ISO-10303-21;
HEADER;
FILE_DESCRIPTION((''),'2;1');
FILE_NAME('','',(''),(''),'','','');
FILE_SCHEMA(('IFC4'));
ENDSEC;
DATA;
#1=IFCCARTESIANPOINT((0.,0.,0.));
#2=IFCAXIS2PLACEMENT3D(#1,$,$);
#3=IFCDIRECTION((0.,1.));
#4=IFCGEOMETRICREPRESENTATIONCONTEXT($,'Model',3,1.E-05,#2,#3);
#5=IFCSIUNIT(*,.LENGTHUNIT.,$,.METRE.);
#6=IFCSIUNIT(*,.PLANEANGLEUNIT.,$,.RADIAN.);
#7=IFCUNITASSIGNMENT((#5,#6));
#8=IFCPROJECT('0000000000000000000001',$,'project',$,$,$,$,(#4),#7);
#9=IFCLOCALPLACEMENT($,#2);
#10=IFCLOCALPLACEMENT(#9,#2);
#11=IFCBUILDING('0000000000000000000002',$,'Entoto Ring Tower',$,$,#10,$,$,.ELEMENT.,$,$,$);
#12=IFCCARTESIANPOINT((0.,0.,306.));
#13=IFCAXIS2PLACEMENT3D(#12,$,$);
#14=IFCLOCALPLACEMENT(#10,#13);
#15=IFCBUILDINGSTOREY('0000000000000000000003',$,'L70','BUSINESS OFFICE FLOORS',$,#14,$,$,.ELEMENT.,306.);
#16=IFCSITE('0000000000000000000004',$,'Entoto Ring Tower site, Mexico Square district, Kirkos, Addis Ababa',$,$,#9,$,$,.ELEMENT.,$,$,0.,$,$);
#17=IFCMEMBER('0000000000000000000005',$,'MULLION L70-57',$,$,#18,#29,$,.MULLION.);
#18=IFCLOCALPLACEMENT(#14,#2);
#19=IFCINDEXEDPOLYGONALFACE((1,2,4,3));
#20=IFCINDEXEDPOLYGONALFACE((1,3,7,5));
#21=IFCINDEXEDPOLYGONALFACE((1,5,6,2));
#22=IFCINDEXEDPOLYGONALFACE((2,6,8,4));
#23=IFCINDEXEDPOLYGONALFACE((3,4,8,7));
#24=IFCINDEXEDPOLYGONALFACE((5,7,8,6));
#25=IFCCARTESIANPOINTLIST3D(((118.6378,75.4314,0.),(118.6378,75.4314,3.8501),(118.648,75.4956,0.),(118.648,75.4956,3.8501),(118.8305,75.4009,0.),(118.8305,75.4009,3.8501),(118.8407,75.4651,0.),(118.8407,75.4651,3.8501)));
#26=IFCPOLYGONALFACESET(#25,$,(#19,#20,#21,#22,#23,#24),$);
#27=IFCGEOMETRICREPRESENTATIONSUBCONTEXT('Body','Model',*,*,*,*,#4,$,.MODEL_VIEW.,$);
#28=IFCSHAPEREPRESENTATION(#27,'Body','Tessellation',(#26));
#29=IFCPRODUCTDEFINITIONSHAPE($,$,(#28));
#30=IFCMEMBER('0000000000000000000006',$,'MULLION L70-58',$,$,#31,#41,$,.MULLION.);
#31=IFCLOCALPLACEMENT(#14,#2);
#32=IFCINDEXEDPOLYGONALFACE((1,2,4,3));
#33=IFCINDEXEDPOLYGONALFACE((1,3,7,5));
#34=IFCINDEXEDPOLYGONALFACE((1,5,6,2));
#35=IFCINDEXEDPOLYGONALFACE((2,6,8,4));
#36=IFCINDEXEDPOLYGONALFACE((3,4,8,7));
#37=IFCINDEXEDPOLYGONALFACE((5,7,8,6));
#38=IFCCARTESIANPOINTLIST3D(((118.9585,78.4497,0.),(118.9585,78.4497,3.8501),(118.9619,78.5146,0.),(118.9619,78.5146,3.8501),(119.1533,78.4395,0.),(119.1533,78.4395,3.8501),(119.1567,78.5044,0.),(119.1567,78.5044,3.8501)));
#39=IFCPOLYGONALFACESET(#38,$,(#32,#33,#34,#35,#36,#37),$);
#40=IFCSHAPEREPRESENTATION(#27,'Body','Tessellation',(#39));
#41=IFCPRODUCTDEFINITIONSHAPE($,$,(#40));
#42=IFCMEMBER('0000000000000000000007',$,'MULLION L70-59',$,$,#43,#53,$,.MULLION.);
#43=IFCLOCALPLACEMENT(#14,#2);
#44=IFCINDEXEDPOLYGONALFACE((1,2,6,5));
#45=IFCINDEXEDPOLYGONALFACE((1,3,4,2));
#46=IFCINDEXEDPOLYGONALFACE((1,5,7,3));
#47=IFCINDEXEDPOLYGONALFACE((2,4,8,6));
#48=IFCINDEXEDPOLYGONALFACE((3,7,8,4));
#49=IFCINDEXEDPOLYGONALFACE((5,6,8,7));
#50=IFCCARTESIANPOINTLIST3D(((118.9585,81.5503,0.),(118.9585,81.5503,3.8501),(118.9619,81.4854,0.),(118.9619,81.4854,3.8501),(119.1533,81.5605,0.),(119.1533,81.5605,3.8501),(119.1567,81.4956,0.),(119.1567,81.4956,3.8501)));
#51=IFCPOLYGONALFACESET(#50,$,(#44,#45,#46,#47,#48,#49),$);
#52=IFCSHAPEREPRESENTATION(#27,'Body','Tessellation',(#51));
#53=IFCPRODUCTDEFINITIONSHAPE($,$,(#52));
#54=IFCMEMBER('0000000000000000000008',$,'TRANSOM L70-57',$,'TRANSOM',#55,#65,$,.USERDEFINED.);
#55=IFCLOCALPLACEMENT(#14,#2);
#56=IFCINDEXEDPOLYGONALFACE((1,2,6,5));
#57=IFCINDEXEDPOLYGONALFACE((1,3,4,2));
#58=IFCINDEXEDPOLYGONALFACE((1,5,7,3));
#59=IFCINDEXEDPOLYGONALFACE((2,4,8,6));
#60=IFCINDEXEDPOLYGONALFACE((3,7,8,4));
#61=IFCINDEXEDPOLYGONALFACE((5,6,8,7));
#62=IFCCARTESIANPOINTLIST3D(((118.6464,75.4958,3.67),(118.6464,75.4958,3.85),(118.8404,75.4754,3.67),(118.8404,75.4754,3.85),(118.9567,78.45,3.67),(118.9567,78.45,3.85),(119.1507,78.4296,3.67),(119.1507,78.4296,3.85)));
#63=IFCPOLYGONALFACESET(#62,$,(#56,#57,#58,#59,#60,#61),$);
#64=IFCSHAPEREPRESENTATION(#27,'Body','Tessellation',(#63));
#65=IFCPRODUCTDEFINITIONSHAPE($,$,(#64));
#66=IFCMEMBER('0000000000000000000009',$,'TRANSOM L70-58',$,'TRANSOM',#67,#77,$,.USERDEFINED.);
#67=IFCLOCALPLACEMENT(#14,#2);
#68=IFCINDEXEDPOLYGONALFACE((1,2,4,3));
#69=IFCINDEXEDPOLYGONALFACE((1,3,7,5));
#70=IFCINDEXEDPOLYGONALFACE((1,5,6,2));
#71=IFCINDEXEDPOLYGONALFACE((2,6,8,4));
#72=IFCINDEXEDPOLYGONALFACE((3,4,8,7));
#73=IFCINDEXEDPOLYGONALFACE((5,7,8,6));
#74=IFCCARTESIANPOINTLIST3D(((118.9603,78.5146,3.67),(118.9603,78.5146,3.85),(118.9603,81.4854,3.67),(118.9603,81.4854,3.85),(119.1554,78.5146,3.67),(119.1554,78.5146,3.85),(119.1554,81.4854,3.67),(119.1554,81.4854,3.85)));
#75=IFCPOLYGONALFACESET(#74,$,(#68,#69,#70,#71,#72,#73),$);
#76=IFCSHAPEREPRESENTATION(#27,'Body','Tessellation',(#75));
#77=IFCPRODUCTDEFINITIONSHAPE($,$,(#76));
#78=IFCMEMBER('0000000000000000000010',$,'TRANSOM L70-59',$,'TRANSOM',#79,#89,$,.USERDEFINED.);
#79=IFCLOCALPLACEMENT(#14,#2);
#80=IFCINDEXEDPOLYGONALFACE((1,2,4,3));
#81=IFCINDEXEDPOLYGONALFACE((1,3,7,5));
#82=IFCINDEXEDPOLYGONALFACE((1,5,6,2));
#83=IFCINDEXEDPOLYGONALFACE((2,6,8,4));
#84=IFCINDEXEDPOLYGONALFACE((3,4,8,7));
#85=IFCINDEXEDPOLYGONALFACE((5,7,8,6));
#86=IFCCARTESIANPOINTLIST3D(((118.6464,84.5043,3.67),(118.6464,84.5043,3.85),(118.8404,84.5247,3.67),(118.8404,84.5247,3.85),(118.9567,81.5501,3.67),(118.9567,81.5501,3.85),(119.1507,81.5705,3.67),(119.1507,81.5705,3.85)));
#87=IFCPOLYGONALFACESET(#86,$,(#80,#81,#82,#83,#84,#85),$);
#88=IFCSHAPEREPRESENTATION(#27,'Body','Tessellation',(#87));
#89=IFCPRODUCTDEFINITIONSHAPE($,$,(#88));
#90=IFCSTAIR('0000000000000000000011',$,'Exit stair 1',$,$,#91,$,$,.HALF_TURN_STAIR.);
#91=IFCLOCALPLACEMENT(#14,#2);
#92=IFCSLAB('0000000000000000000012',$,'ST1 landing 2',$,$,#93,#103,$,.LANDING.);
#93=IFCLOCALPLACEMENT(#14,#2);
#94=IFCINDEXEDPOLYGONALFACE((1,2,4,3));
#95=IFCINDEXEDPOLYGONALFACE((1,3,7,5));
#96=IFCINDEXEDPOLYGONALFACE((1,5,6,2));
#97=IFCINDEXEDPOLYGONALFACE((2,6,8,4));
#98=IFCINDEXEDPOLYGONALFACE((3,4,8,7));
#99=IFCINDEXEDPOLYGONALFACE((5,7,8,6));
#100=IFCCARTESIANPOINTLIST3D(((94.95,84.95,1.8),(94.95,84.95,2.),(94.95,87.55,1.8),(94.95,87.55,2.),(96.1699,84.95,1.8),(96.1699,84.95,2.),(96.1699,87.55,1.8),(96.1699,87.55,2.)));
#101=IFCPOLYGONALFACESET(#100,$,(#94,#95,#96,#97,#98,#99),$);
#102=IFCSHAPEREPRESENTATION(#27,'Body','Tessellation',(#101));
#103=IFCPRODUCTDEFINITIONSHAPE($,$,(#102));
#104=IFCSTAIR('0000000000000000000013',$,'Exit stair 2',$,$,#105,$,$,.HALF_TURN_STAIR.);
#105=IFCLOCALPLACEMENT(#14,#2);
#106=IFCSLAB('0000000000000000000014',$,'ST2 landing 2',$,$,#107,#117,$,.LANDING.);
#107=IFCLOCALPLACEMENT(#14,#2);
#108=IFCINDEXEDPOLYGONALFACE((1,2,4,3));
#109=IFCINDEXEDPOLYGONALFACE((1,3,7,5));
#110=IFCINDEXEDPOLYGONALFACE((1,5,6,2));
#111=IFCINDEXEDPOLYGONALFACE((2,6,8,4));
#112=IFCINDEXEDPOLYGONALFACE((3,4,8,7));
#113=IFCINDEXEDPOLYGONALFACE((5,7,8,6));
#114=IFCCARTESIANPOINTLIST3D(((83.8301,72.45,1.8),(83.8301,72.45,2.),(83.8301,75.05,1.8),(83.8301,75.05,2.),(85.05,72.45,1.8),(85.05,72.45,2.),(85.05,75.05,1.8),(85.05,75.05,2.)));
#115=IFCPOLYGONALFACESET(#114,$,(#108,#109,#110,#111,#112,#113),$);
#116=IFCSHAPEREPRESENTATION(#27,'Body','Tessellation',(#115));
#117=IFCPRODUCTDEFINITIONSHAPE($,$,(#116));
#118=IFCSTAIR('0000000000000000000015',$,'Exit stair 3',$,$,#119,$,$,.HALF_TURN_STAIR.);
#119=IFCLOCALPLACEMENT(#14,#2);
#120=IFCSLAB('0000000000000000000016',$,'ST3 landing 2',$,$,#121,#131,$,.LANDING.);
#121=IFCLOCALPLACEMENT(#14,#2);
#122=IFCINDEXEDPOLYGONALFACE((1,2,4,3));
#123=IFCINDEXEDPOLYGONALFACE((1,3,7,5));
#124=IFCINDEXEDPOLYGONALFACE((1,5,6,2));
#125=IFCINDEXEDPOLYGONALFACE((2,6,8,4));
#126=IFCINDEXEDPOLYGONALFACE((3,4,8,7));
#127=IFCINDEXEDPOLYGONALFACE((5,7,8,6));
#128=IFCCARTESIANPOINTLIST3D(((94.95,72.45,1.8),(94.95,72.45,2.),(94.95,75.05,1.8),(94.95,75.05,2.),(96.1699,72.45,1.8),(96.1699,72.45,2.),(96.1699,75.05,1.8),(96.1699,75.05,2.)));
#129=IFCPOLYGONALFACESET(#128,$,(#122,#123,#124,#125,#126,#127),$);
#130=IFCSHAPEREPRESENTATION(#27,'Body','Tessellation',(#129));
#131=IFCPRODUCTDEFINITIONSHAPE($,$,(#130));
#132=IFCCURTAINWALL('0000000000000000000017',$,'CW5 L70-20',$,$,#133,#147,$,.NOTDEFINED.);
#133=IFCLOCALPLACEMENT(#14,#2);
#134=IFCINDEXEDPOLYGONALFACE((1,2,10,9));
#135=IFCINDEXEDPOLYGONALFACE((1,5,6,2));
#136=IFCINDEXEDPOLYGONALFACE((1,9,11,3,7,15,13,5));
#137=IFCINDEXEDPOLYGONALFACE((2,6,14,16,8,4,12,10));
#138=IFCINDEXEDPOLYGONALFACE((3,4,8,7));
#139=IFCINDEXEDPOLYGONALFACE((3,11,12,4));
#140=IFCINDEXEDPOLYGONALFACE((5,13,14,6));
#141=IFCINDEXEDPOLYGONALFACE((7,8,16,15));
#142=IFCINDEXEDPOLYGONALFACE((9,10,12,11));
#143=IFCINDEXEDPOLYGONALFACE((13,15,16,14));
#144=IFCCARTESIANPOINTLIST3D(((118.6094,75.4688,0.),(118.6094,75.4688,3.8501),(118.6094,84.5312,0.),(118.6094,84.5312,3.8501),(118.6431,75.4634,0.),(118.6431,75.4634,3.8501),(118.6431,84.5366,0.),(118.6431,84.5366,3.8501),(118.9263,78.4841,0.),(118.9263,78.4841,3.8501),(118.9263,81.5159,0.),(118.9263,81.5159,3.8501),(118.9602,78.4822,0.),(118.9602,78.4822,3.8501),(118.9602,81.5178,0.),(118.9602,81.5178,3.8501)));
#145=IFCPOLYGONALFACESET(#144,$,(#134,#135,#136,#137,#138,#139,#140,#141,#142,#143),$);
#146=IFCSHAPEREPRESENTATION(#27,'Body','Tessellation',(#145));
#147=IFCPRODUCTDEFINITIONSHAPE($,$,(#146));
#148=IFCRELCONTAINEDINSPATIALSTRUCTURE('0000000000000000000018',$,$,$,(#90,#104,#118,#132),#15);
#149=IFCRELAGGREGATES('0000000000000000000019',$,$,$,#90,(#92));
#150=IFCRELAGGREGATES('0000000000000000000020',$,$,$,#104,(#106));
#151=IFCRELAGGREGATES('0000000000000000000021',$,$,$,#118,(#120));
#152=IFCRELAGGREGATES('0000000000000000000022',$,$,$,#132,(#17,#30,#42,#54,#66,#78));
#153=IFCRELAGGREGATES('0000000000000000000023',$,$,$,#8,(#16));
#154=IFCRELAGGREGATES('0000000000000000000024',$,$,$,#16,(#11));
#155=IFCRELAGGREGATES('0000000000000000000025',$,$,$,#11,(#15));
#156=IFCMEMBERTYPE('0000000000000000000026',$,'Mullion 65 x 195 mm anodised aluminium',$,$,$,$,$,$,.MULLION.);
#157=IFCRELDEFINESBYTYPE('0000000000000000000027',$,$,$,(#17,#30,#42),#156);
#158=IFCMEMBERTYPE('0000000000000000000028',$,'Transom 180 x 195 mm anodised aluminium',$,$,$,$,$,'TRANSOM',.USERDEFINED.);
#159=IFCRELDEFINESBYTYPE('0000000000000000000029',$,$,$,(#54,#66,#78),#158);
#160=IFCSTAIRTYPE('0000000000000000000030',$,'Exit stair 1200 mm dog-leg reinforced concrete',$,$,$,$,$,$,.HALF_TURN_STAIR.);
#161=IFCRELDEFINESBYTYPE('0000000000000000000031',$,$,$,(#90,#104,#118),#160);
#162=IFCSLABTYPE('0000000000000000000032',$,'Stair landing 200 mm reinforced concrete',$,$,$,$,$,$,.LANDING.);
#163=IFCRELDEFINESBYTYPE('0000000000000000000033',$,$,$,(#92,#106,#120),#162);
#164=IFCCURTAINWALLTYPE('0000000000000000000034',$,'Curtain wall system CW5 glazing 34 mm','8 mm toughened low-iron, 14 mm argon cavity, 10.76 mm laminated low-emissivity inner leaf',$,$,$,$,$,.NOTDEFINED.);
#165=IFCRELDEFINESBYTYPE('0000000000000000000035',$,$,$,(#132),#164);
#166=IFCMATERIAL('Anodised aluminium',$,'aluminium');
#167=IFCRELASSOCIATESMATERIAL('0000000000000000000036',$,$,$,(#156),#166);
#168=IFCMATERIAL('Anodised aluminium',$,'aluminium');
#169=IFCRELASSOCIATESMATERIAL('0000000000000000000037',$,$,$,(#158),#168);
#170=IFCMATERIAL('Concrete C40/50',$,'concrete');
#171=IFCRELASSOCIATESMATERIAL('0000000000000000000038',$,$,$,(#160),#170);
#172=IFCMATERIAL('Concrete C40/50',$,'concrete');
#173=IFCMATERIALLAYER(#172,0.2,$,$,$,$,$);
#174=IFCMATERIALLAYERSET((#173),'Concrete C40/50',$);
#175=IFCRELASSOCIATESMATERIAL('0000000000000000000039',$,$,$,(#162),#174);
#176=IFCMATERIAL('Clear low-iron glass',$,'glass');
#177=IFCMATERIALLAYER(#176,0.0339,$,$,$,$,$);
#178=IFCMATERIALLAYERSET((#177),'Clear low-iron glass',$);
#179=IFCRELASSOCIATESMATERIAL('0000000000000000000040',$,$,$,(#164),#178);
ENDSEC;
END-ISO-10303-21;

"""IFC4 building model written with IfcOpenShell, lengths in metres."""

from ifc_helpers import new_model, si_unit, direction, frame, origin, origin_2d, place, context, subcontext, project, spatial, polyline, rectangle, outline, extrude, material, layer, layer_set, material_profile, profile_set, type_object, element, aggregate, save


model = new_model("IFC4")

# Units and contexts
model_context = context("Model", 3, precision=1e-05, world=origin(), true_north=direction((0.0, 1.0)))
body_context = subcontext(model_context, "Body", "Model", "MODEL_VIEW")
ifc_project = project(units=[si_unit("LENGTHUNIT", "METRE"), si_unit("PLANEANGLEUNIT", "RADIAN")], contexts=[model_context])

# Members
ifc_material_1 = material(Name="Anodised aluminium", Category="aluminium")
ifc_material_profile_1 = material_profile(ifc_material_1, rectangle(XDim=0.0649, YDim=0.1951, at=origin_2d()), Name="Mullion 65 x 195 mm anodised aluminium")
ifc_profile_set_1 = profile_set([ifc_material_profile_1], Name="Anodised aluminium")
member_type_1 = type_object("IfcMemberType", Name="Mullion 65 x 195 mm anodised aluminium", PredefinedType="MULLION", material=ifc_profile_set_1)
site_placement = place(None, origin())
building_placement = place(site_placement, origin())
storey_placement = place(building_placement, frame((0.0, 0.0, 306.0)))
member_1_placement = place(storey_placement, frame((118.7393, 75.4482, 0.0), z_axis=(0.0, 0.0, 1.0), x_axis=(0.156434, 0.987688, 0.0)))
member_1 = element("IfcMember", 1, at=member_1_placement, type_object=member_type_1, Name="MULLION L70-57", PredefinedType="MULLION", context=body_context, shape_type="SweptSolid", body=[
    extrude(rectangle(XDim=0.0649, YDim=0.1951, at=origin_2d()), origin(), (0.0, 0.0, 1.0), 3.8501),
])
member_2_placement = place(storey_placement, frame((119.0576, 78.4771, 0.0), z_axis=(0.0, 0.0, 1.0), x_axis=(0.052336, 0.99863, 0.0)))
member_2 = element("IfcMember", 2, at=member_2_placement, type_object=member_type_1, Name="MULLION L70-58", PredefinedType="MULLION", context=body_context, shape_type="SweptSolid", body=[
    extrude(rectangle(XDim=0.0649, YDim=0.1951, at=origin_2d()), origin(), (0.0, 0.0, 1.0), 3.8501),
])
member_3_placement = place(storey_placement, frame((119.0576, 81.5229, 0.0), z_axis=(0.0, 0.0, 1.0), x_axis=(-0.052336, 0.99863, 0.0)))
member_3 = element("IfcMember", 3, at=member_3_placement, type_object=member_type_1, Name="MULLION L70-59", PredefinedType="MULLION", context=body_context, shape_type="SweptSolid", body=[
    extrude(rectangle(XDim=0.0649, YDim=0.1951, at=origin_2d()), origin(), (0.0, 0.0, 1.0), 3.8501),
])
ifc_material_2 = material(Name="Anodised aluminium", Category="aluminium")
ifc_material_profile_2 = material_profile(ifc_material_2, rectangle(XDim=0.1951, YDim=0.1799, at=origin_2d()), Name="Transom 180 x 195 mm anodised aluminium")
ifc_profile_set_2 = profile_set([ifc_material_profile_2], Name="Anodised aluminium")
member_type_2 = type_object("IfcMemberType", Name="Transom 180 x 195 mm anodised aluminium", ElementType="TRANSOM", PredefinedType="USERDEFINED", material=ifc_profile_set_2)
member_4_placement = place(storey_placement, frame((118.7434, 75.4856, 3.76), z_axis=(0.104467, 0.994528, 0.0), x_axis=(-0.994528, 0.104467, 0.0)))
member_4 = element("IfcMember", 4, at=member_4_placement, type_object=member_type_2, Name="TRANSOM L70-57", ObjectType="TRANSOM", PredefinedType="USERDEFINED", context=body_context, shape_type="SweptSolid", body=[
    extrude(rectangle(XDim=0.1951, YDim=0.1799, at=origin_2d()), origin(), (0.0, 0.0, 1.0), 2.9705),
])
member_5_placement = place(storey_placement, frame((119.0579, 78.5146, 3.76), z_axis=(0.0, 1.0, 0.0), x_axis=(-1.0, 0.0, 0.0)))
member_5 = element("IfcMember", 5, at=member_5_placement, type_object=member_type_2, Name="TRANSOM L70-58", ObjectType="TRANSOM", PredefinedType="USERDEFINED", context=body_context, shape_type="SweptSolid", body=[
    extrude(rectangle(XDim=0.1951, YDim=0.1799, at=origin_2d()), origin(), (0.0, 0.0, 1.0), 2.9707),
])
member_6_placement = place(storey_placement, frame((119.0537, 81.5603, 3.76), z_axis=(-0.104467, 0.994528, 0.0), x_axis=(-0.994528, -0.104467, 0.0)))
member_6 = element("IfcMember", 6, at=member_6_placement, type_object=member_type_2, Name="TRANSOM L70-59", ObjectType="TRANSOM", PredefinedType="USERDEFINED", context=body_context, shape_type="SweptSolid", body=[
    extrude(rectangle(XDim=0.1951, YDim=0.1799, at=origin_2d()), origin(), (0.0, 0.0, 1.0), 2.9705),
])

# Site, building, storey
site = spatial("IfcSite", under=ifc_project, at=site_placement, Name="Entoto Ring Tower site, Mexico Square district, Kirkos, Addis Ababa", CompositionType="ELEMENT", RefElevation=0.0)
building = spatial("IfcBuilding", under=site, at=building_placement, Name="Entoto Ring Tower", CompositionType="ELEMENT")
storey = spatial("IfcBuildingStorey", under=building, at=storey_placement, Name="L70", Description="BUSINESS OFFICE FLOORS", CompositionType="ELEMENT", Elevation=306.0)

# Stairs, slabs
ifc_material_3 = material(Name="Concrete C40/50", Category="concrete")
stair_type = type_object("IfcStairType", Name="Exit stair 1200 mm dog-leg reinforced concrete", PredefinedType="HALF_TURN_STAIR", material=ifc_material_3)
stair_1_placement = place(storey_placement, origin())
stair_1 = element("IfcStair", 7, at=stair_1_placement, inside=storey, type_object=stair_type, Name="Exit stair 1", PredefinedType="HALF_TURN_STAIR")
ifc_material_4 = material(Name="Concrete C40/50", Category="concrete")
ifc_layer_1 = layer(ifc_material_4, 0.2)
ifc_layer_set_1 = layer_set([ifc_layer_1], Name="Concrete C40/50")
slab_type = type_object("IfcSlabType", Name="Stair landing 200 mm reinforced concrete", PredefinedType="LANDING", material=ifc_layer_set_1)
slab_1_placement = place(storey_placement, frame((0.0, 0.0, 1.8)))
slab_1 = element("IfcSlab", 8, at=slab_1_placement, type_object=slab_type, Name="ST1 landing 2", PredefinedType="LANDING", context=body_context, shape_type="SweptSolid", body=[
    extrude(outline(polyline([(94.95, 84.95), (96.1699, 84.95), (96.1699, 87.55), (94.95, 87.55), (94.95, 84.95)])), origin(), (0.0, 0.0, 1.0), 0.2),
])
aggregate(stair_1, [slab_1])
stair_2_placement = place(storey_placement, origin())
stair_2 = element("IfcStair", 9, at=stair_2_placement, inside=storey, type_object=stair_type, Name="Exit stair 2", PredefinedType="HALF_TURN_STAIR")
slab_2_placement = place(storey_placement, frame((0.0, 0.0, 1.8)))
slab_2 = element("IfcSlab", 10, at=slab_2_placement, type_object=slab_type, Name="ST2 landing 2", PredefinedType="LANDING", context=body_context, shape_type="SweptSolid", body=[
    extrude(outline(polyline([(83.8301, 72.45), (85.05, 72.45), (85.05, 75.05), (83.8301, 75.05), (83.8301, 72.45)])), origin(), (0.0, 0.0, 1.0), 0.2),
])
aggregate(stair_2, [slab_2])
stair_3_placement = place(storey_placement, origin())
stair_3 = element("IfcStair", 11, at=stair_3_placement, inside=storey, type_object=stair_type, Name="Exit stair 3", PredefinedType="HALF_TURN_STAIR")
slab_3_placement = place(storey_placement, frame((0.0, 0.0, 1.8)))
slab_3 = element("IfcSlab", 12, at=slab_3_placement, type_object=slab_type, Name="ST3 landing 2", PredefinedType="LANDING", context=body_context, shape_type="SweptSolid", body=[
    extrude(outline(polyline([(94.95, 72.45), (96.1699, 72.45), (96.1699, 75.05), (94.95, 75.05), (94.95, 72.45)])), origin(), (0.0, 0.0, 1.0), 0.2),
])
aggregate(stair_3, [slab_3])

# Curtain wall
ifc_material_5 = material(Name="Clear low-iron glass", Category="glass")
ifc_layer_2 = layer(ifc_material_5, 0.0339)
ifc_layer_set_2 = layer_set([ifc_layer_2], Name="Clear low-iron glass")
curtain_wall_type = type_object("IfcCurtainWallType", Name="Curtain wall system CW5 glazing 34 mm", Description="8 mm toughened low-iron, 14 mm argon cavity, 10.76 mm laminated low-emissivity inner leaf", PredefinedType="NOTDEFINED", material=ifc_layer_set_2)
curtain_wall_1_placement = place(storey_placement, origin())
curtain_wall_1 = element("IfcCurtainWall", 13, at=curtain_wall_1_placement, inside=storey, type_object=curtain_wall_type, Name="CW5 L70-20", PredefinedType="NOTDEFINED", context=body_context, shape_type="SweptSolid", body=[
    extrude(outline(polyline([(118.6431, 75.4634), (118.9602, 78.4822), (118.9602, 81.5178), (118.6431, 84.5366), (118.6094, 84.5312), (118.9263, 81.5159), (118.9263, 78.4841), (118.6094, 75.4688), (118.6431, 75.4634)])), origin(), (0.0, 0.0, 1.0), 3.8501),
])
aggregate(curtain_wall_1, [member_1, member_2, member_3, member_4, member_5, member_6])

save(model, "model.ifc")
